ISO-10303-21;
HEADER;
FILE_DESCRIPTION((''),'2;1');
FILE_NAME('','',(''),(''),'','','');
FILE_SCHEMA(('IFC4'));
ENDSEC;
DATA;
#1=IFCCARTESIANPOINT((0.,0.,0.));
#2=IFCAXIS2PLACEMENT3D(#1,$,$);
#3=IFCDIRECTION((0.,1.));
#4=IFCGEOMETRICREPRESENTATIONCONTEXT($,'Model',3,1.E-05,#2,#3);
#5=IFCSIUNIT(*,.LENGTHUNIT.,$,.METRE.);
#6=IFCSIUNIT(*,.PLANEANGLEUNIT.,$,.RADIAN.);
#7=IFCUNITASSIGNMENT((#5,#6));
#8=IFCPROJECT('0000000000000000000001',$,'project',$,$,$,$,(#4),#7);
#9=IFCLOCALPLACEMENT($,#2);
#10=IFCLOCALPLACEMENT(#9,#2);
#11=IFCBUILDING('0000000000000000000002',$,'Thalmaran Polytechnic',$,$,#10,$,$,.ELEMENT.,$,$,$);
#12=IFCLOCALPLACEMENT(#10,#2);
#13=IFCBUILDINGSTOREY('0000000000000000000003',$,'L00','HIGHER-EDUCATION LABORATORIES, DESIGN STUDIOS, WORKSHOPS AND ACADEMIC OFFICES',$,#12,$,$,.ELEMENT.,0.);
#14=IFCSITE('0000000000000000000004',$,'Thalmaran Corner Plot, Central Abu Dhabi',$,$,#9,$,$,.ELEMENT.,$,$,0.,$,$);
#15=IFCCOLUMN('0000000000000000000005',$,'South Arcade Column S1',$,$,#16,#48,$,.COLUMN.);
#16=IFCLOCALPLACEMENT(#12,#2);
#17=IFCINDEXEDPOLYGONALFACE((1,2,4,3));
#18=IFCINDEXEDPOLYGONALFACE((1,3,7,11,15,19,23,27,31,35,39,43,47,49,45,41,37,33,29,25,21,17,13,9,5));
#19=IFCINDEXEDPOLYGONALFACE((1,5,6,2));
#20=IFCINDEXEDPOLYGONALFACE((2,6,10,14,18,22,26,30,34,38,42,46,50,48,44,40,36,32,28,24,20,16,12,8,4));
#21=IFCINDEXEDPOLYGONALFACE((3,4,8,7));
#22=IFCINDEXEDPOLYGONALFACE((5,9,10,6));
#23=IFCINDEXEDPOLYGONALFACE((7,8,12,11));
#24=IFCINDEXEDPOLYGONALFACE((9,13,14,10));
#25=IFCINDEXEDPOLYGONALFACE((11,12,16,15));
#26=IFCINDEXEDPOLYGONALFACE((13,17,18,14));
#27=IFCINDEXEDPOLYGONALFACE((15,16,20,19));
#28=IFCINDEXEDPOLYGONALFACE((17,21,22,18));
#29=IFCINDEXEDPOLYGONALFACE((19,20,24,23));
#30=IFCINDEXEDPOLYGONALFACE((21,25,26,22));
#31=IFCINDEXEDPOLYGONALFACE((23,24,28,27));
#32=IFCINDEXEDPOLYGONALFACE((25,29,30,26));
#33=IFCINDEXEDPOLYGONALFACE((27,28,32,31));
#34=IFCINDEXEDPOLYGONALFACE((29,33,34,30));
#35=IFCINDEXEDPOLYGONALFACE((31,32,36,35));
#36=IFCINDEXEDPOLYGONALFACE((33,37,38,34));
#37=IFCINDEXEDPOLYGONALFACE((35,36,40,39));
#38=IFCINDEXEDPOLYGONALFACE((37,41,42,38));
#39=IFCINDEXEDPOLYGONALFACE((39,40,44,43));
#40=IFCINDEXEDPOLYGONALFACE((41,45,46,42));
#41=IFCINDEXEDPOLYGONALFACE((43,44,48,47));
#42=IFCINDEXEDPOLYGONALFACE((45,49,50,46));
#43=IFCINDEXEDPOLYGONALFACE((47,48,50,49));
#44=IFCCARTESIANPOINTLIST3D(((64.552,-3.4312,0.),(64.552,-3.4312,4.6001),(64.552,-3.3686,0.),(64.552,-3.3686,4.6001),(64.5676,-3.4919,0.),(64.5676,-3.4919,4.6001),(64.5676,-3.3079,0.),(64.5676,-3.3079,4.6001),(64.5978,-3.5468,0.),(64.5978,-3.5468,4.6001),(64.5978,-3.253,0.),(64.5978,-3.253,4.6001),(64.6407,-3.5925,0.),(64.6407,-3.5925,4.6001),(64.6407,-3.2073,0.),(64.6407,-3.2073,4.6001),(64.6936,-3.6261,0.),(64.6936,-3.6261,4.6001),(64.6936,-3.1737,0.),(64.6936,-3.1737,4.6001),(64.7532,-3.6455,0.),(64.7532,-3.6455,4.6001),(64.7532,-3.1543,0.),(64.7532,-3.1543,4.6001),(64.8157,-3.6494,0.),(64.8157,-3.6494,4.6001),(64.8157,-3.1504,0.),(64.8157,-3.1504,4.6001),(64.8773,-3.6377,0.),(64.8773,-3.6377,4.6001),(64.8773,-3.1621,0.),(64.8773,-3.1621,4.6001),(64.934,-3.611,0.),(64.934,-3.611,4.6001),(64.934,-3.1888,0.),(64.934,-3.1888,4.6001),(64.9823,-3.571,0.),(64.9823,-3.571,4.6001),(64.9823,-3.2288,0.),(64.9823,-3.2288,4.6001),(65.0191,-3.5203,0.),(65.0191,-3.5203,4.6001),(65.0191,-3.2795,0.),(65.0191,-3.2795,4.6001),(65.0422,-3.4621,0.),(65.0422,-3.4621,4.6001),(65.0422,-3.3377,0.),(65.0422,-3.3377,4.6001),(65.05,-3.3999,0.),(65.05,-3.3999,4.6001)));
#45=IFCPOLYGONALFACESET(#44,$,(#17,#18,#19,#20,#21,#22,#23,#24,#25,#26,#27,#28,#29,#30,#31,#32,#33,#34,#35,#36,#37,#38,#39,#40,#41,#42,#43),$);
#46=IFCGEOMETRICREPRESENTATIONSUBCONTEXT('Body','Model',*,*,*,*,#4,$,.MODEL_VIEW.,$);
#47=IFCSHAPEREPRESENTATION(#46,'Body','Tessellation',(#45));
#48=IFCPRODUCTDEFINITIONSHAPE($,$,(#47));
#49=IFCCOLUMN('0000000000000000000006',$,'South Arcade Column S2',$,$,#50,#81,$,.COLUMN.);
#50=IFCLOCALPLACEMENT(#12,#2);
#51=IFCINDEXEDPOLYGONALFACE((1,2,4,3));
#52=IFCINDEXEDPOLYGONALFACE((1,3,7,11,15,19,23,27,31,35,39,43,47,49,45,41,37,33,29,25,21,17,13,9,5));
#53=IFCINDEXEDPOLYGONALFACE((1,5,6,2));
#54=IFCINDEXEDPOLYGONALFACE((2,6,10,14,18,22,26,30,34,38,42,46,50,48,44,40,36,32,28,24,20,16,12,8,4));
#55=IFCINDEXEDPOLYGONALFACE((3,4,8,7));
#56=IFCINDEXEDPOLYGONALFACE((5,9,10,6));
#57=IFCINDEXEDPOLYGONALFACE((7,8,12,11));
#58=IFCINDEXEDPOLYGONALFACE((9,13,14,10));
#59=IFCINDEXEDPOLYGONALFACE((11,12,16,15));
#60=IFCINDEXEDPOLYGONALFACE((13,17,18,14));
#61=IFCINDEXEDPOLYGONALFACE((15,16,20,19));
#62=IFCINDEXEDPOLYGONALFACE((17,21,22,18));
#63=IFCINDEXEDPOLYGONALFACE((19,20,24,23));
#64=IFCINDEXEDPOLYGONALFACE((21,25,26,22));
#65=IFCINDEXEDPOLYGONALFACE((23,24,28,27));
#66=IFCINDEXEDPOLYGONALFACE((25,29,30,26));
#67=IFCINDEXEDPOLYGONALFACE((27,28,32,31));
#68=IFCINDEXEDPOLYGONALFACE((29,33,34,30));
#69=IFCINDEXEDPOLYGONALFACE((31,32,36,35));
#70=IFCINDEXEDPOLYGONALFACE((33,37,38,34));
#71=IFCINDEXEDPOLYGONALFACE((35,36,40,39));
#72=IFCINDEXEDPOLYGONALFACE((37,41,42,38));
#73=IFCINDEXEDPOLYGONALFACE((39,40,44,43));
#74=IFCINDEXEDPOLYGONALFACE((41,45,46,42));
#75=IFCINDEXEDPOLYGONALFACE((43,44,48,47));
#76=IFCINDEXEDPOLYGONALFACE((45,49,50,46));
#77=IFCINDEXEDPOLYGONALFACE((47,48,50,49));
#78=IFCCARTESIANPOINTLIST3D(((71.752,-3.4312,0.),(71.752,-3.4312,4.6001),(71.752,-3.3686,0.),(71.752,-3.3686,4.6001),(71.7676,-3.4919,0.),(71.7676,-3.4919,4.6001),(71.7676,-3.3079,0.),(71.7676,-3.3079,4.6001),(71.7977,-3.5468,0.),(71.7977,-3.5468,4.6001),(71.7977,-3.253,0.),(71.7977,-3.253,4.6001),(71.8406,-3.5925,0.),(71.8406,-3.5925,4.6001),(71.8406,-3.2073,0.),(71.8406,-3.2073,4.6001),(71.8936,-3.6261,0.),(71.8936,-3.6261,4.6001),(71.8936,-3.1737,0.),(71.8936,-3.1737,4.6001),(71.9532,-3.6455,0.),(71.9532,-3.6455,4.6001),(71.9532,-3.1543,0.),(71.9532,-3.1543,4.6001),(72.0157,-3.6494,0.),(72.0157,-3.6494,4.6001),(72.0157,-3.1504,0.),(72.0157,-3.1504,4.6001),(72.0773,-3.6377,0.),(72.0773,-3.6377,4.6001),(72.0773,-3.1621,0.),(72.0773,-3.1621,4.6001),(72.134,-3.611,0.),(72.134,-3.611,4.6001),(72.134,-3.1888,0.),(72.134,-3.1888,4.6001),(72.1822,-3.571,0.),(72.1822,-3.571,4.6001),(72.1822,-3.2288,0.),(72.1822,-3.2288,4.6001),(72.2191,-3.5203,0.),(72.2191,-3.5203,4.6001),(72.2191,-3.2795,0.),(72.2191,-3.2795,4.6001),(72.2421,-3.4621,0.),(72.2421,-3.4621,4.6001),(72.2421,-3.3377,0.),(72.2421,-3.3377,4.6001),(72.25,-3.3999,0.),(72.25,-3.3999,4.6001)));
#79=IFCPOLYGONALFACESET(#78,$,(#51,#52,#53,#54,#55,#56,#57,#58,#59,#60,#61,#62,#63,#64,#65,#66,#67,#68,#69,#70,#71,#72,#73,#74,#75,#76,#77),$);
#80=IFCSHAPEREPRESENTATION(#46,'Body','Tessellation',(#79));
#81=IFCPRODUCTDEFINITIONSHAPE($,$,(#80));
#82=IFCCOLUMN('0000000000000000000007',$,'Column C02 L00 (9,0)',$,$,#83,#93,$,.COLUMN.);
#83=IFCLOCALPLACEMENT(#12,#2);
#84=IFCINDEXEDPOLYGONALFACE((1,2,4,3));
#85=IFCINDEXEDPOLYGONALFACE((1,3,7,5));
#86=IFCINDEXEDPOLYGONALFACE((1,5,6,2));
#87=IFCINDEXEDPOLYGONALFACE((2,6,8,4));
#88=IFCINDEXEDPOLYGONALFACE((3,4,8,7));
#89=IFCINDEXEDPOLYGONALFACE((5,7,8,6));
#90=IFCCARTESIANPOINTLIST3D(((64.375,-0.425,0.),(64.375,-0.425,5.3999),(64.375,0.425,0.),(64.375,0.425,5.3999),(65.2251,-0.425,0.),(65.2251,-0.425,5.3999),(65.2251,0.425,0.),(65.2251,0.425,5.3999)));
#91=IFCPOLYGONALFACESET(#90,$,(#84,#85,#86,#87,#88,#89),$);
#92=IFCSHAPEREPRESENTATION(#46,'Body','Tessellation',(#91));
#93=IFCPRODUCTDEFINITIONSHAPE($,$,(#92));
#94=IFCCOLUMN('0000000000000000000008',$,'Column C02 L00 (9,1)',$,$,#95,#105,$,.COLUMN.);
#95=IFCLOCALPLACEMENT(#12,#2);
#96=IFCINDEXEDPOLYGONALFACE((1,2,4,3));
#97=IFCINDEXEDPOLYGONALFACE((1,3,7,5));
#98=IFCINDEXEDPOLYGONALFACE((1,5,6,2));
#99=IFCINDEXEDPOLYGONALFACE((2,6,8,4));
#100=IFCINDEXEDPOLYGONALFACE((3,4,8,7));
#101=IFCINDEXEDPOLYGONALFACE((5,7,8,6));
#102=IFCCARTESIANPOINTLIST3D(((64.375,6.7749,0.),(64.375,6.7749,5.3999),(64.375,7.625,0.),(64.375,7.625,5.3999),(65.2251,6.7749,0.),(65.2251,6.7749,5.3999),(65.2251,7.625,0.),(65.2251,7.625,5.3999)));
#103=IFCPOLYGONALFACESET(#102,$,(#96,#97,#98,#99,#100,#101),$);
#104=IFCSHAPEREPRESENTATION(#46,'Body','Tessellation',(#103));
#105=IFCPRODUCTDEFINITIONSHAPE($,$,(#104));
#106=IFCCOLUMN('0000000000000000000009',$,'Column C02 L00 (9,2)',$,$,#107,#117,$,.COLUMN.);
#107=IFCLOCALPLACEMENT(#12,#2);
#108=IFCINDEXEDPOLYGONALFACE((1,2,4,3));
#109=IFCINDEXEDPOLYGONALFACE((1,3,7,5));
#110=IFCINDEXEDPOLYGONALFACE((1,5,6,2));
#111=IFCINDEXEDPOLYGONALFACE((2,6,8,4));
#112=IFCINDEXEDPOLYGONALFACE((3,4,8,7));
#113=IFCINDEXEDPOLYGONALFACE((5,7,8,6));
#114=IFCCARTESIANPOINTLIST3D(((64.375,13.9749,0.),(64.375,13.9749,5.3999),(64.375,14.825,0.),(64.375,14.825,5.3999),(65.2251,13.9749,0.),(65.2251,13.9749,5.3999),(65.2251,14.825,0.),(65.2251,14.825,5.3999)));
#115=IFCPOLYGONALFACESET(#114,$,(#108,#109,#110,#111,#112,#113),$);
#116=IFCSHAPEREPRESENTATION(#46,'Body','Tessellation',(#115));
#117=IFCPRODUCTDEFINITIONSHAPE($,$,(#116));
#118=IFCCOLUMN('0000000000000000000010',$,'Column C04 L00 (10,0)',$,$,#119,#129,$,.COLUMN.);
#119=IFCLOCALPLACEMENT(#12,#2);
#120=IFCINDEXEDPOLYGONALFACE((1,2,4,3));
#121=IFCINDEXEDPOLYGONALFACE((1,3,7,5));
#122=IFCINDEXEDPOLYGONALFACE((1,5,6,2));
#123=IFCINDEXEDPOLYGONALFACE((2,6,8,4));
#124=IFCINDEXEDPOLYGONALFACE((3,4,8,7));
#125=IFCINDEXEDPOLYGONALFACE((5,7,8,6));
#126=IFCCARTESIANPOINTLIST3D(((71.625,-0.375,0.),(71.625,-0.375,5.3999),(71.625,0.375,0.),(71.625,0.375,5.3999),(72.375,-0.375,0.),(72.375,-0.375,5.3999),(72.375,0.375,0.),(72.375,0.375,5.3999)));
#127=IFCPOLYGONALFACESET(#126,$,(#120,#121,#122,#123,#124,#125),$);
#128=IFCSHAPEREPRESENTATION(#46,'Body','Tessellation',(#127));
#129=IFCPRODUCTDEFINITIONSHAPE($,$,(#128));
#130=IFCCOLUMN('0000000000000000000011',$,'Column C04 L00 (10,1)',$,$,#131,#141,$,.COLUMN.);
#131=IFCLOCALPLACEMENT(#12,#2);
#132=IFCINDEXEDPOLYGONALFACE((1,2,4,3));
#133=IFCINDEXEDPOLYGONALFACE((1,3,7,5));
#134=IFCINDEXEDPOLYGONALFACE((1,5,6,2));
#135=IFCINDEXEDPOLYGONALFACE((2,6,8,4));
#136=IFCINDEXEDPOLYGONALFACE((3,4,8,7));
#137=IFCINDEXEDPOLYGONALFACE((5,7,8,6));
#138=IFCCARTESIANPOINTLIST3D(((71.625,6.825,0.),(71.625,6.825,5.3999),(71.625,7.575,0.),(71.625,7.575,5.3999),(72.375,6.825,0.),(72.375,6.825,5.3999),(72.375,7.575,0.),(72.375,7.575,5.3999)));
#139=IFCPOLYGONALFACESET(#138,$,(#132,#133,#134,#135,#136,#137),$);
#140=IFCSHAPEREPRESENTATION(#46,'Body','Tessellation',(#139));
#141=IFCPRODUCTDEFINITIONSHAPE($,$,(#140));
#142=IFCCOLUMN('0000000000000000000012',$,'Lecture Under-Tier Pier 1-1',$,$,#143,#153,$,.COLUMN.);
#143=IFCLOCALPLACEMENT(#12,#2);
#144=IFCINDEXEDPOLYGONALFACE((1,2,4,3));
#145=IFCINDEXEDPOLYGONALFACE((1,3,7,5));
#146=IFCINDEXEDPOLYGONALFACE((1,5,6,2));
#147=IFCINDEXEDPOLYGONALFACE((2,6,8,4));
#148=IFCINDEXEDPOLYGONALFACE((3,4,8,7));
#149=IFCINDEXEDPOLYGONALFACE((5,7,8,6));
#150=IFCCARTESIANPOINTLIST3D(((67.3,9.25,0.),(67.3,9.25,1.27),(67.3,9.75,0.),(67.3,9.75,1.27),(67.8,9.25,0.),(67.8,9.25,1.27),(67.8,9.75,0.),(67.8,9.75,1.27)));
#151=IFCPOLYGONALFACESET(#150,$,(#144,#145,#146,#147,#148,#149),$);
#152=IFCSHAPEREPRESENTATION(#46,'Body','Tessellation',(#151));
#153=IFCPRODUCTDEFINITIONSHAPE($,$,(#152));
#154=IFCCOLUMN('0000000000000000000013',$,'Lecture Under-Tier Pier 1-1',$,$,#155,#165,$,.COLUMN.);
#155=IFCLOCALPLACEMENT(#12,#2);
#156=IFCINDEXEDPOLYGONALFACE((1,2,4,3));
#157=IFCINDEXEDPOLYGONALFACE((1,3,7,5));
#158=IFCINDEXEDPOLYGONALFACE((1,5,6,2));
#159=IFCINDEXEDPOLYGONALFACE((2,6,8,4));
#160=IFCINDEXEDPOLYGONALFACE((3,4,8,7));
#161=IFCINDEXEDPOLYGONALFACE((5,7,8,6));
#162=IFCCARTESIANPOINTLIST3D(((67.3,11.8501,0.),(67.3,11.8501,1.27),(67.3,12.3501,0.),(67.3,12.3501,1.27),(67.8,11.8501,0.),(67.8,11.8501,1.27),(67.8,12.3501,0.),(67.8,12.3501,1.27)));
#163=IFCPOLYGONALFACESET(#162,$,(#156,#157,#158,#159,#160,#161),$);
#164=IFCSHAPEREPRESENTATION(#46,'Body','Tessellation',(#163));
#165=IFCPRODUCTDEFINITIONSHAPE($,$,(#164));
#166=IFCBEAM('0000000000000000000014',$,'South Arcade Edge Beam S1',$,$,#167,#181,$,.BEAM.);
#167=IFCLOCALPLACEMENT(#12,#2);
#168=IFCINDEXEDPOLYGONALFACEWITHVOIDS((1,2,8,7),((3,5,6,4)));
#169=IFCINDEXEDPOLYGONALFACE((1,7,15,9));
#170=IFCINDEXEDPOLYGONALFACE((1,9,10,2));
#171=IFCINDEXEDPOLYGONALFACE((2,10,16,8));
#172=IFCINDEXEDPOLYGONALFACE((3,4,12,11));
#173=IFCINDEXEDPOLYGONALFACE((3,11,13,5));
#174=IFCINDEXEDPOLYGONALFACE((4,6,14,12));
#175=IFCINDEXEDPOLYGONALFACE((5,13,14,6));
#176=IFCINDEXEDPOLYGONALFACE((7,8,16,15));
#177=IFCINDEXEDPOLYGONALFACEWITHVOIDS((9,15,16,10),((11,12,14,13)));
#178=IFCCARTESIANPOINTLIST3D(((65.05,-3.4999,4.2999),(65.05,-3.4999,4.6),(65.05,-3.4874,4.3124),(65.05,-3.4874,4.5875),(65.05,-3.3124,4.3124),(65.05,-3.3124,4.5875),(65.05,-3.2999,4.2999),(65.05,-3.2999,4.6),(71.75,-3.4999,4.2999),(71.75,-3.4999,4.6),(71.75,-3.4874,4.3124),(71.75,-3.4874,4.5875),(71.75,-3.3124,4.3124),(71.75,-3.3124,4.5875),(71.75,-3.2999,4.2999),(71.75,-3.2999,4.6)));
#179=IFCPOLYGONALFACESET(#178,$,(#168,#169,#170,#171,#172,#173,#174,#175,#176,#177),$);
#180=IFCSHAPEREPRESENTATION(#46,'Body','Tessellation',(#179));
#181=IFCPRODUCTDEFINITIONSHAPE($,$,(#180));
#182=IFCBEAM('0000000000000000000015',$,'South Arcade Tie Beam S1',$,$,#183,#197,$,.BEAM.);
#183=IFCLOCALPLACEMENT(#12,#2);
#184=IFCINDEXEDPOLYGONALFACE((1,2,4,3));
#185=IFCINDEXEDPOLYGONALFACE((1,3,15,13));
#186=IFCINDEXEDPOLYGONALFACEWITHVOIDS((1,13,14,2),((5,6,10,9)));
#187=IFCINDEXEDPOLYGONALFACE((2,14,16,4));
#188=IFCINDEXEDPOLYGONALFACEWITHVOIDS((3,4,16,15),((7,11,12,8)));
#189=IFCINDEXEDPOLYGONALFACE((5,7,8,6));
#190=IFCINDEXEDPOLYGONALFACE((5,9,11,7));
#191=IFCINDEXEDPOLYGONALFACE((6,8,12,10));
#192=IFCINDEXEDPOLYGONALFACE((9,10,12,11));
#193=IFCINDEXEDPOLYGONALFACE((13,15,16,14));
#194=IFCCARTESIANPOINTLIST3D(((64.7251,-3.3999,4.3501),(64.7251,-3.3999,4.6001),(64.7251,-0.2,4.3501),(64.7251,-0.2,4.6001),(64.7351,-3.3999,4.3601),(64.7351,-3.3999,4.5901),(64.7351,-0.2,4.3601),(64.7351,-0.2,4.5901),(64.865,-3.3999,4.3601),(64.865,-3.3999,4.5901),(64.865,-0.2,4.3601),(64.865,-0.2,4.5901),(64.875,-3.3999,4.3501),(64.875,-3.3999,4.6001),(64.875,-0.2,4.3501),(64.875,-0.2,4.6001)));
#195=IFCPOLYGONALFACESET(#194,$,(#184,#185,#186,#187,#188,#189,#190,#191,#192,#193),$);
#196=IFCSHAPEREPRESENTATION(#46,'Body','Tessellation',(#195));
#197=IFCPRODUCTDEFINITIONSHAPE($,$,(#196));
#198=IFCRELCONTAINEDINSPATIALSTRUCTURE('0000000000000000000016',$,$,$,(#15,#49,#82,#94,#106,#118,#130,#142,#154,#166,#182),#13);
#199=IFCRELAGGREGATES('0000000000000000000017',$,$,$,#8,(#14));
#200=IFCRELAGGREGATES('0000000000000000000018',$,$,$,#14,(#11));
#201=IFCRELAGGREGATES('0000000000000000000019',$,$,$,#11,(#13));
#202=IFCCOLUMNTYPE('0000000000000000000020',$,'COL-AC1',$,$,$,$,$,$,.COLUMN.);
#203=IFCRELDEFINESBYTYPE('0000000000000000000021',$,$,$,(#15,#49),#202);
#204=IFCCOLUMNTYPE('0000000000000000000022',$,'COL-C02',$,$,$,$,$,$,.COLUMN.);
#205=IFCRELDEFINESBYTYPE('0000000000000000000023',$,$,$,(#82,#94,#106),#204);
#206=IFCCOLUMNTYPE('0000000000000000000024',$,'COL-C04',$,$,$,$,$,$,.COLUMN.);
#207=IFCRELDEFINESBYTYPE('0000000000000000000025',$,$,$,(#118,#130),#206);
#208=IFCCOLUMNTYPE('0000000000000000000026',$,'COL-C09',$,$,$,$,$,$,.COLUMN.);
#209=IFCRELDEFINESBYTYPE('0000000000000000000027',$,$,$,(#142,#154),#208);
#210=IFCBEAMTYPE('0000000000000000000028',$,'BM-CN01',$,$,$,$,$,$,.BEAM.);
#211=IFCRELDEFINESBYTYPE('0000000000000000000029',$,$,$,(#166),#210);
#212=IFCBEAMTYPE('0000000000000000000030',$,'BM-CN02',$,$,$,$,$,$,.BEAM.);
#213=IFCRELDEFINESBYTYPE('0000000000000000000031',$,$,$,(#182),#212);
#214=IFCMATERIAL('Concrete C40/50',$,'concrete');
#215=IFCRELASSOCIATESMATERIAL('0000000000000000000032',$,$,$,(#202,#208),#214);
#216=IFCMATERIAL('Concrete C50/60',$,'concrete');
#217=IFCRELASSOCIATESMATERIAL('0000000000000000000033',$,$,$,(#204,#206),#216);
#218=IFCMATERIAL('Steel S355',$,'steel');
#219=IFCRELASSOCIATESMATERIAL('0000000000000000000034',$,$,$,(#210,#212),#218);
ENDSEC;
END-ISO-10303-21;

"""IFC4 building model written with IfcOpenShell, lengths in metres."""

from ifc_helpers import new_model, si_unit, direction, frame, origin, origin_2d, place, context, subcontext, project, spatial, rectangle, hollow_rectangle, circle, extrude, material, material_profile, profile_set, type_object, element, save


model = new_model("IFC4")

# Units and contexts
model_context = context("Model", 3, precision=1e-05, world=origin(), true_north=direction((0.0, 1.0)))
body_context = subcontext(model_context, "Body", "Model", "MODEL_VIEW")
ifc_project = project(units=[si_unit("LENGTHUNIT", "METRE"), si_unit("PLANEANGLEUNIT", "RADIAN")], contexts=[model_context])

# Site, building, storey
site_placement = place(None, origin())
site = spatial("IfcSite", under=ifc_project, at=site_placement, Name="Thalmaran Corner Plot, Central Abu Dhabi", CompositionType="ELEMENT", RefElevation=0.0)
building_placement = place(site_placement, origin())
building = spatial("IfcBuilding", under=site, at=building_placement, Name="Thalmaran Polytechnic", CompositionType="ELEMENT")
storey_placement = place(building_placement, origin())
storey = spatial("IfcBuildingStorey", under=building, at=storey_placement, Name="L00", Description="HIGHER-EDUCATION LABORATORIES, DESIGN STUDIOS, WORKSHOPS AND ACADEMIC OFFICES", CompositionType="ELEMENT", Elevation=0.0)

# Columns
ifc_material_1 = material(Name="Concrete C40/50", Category="concrete")
ifc_material_profile_1 = material_profile(ifc_material_1, circle(Radius=0.25, at=origin_2d()), Name="RC 500 DIA")
ifc_profile_set_1 = profile_set([ifc_material_profile_1], Name="Concrete C40/50")
column_type_1 = type_object("IfcColumnType", Name="COL-AC1", PredefinedType="COLUMN", material=ifc_profile_set_1)
for number, where, z_axis, x_axis, name in (
    (1, (64.8, -3.3999, 0.0), (0.0, 0.0, 1.0), (1.0, 0.0, 0.0), "South Arcade Column S1"),
    (2, (72.0, -3.3999, 0.0), (0.0, 0.0, 1.0), (1.0, 0.0, 0.0), "South Arcade Column S2"),
):
    element("IfcColumn", number, at=place(storey_placement, frame(where, z_axis=z_axis, x_axis=x_axis)), inside=storey, type_object=column_type_1, Name=name, PredefinedType="COLUMN", context=body_context, shape_type="SweptSolid", body=[
        extrude(circle(Radius=0.25, at=origin_2d()), origin(), (0.0, 0.0, 1.0), 4.6001),
    ])
ifc_material_2 = material(Name="Concrete C50/60", Category="concrete")
ifc_material_profile_2 = material_profile(ifc_material_2, rectangle(XDim=0.8501, YDim=0.8501, at=origin_2d()), Name="RC 850x850")
ifc_profile_set_2 = profile_set([ifc_material_profile_2], Name="Concrete C50/60")
column_type_2 = type_object("IfcColumnType", Name="COL-C02", PredefinedType="COLUMN", material=ifc_profile_set_2)
for number, where, z_axis, x_axis, name in (
    (3, (64.8, 0.0, 0.0), (0.0, 0.0, 1.0), (1.0, 0.0, 0.0), "Column C02 L00 (9,0)"),
    (4, (64.8, 7.2, 0.0), (0.0, 0.0, 1.0), (1.0, 0.0, 0.0), "Column C02 L00 (9,1)"),
    (5, (64.8, 14.3999, 0.0), (0.0, 0.0, 1.0), (1.0, 0.0, 0.0), "Column C02 L00 (9,2)"),
):
    element("IfcColumn", number, at=place(storey_placement, frame(where, z_axis=z_axis, x_axis=x_axis)), inside=storey, type_object=column_type_2, Name=name, PredefinedType="COLUMN", context=body_context, shape_type="SweptSolid", body=[
        extrude(rectangle(XDim=0.8501, YDim=0.8501, at=origin_2d()), origin(), (0.0, 0.0, 1.0), 5.3999),
    ])
ifc_material_profile_3 = material_profile(ifc_material_2, rectangle(XDim=0.75, YDim=0.75, at=origin_2d()), Name="RC 750x750")
ifc_profile_set_3 = profile_set([ifc_material_profile_3], Name="Concrete C50/60")
column_type_3 = type_object("IfcColumnType", Name="COL-C04", PredefinedType="COLUMN", material=ifc_profile_set_3)
for number, where, z_axis, x_axis, name in (
    (6, (72.0, 0.0, 0.0), (0.0, 0.0, 1.0), (1.0, 0.0, 0.0), "Column C04 L00 (10,0)"),
    (7, (72.0, 7.2, 0.0), (0.0, 0.0, 1.0), (1.0, 0.0, 0.0), "Column C04 L00 (10,1)"),
):
    element("IfcColumn", number, at=place(storey_placement, frame(where, z_axis=z_axis, x_axis=x_axis)), inside=storey, type_object=column_type_3, Name=name, PredefinedType="COLUMN", context=body_context, shape_type="SweptSolid", body=[
        extrude(rectangle(XDim=0.75, YDim=0.75, at=origin_2d()), origin(), (0.0, 0.0, 1.0), 5.3999),
    ])
ifc_material_profile_4 = material_profile(ifc_material_1, rectangle(XDim=0.5, YDim=0.5, at=origin_2d()), Name="RC 500x500")
ifc_profile_set_4 = profile_set([ifc_material_profile_4], Name="Concrete C40/50")
column_type_4 = type_object("IfcColumnType", Name="COL-C09", PredefinedType="COLUMN", material=ifc_profile_set_4)
for number, where, z_axis, x_axis, name in (
    (8, (67.55, 9.5, 0.0), (0.0, 0.0, 1.0), (1.0, 0.0, 0.0), "Lecture Under-Tier Pier 1-1"),
    (9, (67.55, 12.1001, 0.0), (0.0, 0.0, 1.0), (1.0, 0.0, 0.0), "Lecture Under-Tier Pier 1-1"),
):
    element("IfcColumn", number, at=place(storey_placement, frame(where, z_axis=z_axis, x_axis=x_axis)), inside=storey, type_object=column_type_4, Name=name, PredefinedType="COLUMN", context=body_context, shape_type="SweptSolid", body=[
        extrude(rectangle(XDim=0.5, YDim=0.5, at=origin_2d()), origin(), (0.0, 0.0, 1.0), 1.27),
    ])

# Beams
ifc_material_3 = material(Name="Steel S355", Category="steel")
ifc_material_profile_5 = material_profile(ifc_material_3, hollow_rectangle(XDim=0.2, YDim=0.3, WallThickness=0.0125, at=origin_2d()), Name="RHS 300x200x12.5")
ifc_profile_set_5 = profile_set([ifc_material_profile_5], Name="Steel S355")
beam_type_1 = type_object("IfcBeamType", Name="BM-CN01", PredefinedType="BEAM", material=ifc_profile_set_5)
beam_1_placement = place(storey_placement, frame((65.05, -3.3999, 4.45), z_axis=(1.0, 0.0, 0.0), x_axis=(0.0, 1.0, 0.0)))
element("IfcBeam", 10, at=beam_1_placement, inside=storey, type_object=beam_type_1, Name="South Arcade Edge Beam S1", PredefinedType="BEAM", context=body_context, shape_type="SweptSolid", body=[
    extrude(hollow_rectangle(XDim=0.2, YDim=0.3, WallThickness=0.0125, at=origin_2d()), origin(), (0.0, 0.0, 1.0), 6.7),
])
ifc_material_profile_6 = material_profile(ifc_material_3, hollow_rectangle(XDim=0.1499, YDim=0.25, WallThickness=0.01, at=origin_2d()), Name="RHS 250x150x10.0")
ifc_profile_set_6 = profile_set([ifc_material_profile_6], Name="Steel S355")
beam_type_2 = type_object("IfcBeamType", Name="BM-CN02", PredefinedType="BEAM", material=ifc_profile_set_6)
for number, where, z_axis, x_axis, name in (
    (11, (64.8, -3.3999, 4.4751), (0.0, 1.0, 0.0), (-1.0, 0.0, 0.0), "South Arcade Tie Beam S1"),
):
    element("IfcBeam", number, at=place(storey_placement, frame(where, z_axis=z_axis, x_axis=x_axis)), inside=storey, type_object=beam_type_2, Name=name, PredefinedType="BEAM", context=body_context, shape_type="SweptSolid", body=[
        extrude(hollow_rectangle(XDim=0.1499, YDim=0.25, WallThickness=0.01, at=origin_2d()), origin(), (0.0, 0.0, 1.0), 3.2),
    ])

save(model, "model.ifc")
